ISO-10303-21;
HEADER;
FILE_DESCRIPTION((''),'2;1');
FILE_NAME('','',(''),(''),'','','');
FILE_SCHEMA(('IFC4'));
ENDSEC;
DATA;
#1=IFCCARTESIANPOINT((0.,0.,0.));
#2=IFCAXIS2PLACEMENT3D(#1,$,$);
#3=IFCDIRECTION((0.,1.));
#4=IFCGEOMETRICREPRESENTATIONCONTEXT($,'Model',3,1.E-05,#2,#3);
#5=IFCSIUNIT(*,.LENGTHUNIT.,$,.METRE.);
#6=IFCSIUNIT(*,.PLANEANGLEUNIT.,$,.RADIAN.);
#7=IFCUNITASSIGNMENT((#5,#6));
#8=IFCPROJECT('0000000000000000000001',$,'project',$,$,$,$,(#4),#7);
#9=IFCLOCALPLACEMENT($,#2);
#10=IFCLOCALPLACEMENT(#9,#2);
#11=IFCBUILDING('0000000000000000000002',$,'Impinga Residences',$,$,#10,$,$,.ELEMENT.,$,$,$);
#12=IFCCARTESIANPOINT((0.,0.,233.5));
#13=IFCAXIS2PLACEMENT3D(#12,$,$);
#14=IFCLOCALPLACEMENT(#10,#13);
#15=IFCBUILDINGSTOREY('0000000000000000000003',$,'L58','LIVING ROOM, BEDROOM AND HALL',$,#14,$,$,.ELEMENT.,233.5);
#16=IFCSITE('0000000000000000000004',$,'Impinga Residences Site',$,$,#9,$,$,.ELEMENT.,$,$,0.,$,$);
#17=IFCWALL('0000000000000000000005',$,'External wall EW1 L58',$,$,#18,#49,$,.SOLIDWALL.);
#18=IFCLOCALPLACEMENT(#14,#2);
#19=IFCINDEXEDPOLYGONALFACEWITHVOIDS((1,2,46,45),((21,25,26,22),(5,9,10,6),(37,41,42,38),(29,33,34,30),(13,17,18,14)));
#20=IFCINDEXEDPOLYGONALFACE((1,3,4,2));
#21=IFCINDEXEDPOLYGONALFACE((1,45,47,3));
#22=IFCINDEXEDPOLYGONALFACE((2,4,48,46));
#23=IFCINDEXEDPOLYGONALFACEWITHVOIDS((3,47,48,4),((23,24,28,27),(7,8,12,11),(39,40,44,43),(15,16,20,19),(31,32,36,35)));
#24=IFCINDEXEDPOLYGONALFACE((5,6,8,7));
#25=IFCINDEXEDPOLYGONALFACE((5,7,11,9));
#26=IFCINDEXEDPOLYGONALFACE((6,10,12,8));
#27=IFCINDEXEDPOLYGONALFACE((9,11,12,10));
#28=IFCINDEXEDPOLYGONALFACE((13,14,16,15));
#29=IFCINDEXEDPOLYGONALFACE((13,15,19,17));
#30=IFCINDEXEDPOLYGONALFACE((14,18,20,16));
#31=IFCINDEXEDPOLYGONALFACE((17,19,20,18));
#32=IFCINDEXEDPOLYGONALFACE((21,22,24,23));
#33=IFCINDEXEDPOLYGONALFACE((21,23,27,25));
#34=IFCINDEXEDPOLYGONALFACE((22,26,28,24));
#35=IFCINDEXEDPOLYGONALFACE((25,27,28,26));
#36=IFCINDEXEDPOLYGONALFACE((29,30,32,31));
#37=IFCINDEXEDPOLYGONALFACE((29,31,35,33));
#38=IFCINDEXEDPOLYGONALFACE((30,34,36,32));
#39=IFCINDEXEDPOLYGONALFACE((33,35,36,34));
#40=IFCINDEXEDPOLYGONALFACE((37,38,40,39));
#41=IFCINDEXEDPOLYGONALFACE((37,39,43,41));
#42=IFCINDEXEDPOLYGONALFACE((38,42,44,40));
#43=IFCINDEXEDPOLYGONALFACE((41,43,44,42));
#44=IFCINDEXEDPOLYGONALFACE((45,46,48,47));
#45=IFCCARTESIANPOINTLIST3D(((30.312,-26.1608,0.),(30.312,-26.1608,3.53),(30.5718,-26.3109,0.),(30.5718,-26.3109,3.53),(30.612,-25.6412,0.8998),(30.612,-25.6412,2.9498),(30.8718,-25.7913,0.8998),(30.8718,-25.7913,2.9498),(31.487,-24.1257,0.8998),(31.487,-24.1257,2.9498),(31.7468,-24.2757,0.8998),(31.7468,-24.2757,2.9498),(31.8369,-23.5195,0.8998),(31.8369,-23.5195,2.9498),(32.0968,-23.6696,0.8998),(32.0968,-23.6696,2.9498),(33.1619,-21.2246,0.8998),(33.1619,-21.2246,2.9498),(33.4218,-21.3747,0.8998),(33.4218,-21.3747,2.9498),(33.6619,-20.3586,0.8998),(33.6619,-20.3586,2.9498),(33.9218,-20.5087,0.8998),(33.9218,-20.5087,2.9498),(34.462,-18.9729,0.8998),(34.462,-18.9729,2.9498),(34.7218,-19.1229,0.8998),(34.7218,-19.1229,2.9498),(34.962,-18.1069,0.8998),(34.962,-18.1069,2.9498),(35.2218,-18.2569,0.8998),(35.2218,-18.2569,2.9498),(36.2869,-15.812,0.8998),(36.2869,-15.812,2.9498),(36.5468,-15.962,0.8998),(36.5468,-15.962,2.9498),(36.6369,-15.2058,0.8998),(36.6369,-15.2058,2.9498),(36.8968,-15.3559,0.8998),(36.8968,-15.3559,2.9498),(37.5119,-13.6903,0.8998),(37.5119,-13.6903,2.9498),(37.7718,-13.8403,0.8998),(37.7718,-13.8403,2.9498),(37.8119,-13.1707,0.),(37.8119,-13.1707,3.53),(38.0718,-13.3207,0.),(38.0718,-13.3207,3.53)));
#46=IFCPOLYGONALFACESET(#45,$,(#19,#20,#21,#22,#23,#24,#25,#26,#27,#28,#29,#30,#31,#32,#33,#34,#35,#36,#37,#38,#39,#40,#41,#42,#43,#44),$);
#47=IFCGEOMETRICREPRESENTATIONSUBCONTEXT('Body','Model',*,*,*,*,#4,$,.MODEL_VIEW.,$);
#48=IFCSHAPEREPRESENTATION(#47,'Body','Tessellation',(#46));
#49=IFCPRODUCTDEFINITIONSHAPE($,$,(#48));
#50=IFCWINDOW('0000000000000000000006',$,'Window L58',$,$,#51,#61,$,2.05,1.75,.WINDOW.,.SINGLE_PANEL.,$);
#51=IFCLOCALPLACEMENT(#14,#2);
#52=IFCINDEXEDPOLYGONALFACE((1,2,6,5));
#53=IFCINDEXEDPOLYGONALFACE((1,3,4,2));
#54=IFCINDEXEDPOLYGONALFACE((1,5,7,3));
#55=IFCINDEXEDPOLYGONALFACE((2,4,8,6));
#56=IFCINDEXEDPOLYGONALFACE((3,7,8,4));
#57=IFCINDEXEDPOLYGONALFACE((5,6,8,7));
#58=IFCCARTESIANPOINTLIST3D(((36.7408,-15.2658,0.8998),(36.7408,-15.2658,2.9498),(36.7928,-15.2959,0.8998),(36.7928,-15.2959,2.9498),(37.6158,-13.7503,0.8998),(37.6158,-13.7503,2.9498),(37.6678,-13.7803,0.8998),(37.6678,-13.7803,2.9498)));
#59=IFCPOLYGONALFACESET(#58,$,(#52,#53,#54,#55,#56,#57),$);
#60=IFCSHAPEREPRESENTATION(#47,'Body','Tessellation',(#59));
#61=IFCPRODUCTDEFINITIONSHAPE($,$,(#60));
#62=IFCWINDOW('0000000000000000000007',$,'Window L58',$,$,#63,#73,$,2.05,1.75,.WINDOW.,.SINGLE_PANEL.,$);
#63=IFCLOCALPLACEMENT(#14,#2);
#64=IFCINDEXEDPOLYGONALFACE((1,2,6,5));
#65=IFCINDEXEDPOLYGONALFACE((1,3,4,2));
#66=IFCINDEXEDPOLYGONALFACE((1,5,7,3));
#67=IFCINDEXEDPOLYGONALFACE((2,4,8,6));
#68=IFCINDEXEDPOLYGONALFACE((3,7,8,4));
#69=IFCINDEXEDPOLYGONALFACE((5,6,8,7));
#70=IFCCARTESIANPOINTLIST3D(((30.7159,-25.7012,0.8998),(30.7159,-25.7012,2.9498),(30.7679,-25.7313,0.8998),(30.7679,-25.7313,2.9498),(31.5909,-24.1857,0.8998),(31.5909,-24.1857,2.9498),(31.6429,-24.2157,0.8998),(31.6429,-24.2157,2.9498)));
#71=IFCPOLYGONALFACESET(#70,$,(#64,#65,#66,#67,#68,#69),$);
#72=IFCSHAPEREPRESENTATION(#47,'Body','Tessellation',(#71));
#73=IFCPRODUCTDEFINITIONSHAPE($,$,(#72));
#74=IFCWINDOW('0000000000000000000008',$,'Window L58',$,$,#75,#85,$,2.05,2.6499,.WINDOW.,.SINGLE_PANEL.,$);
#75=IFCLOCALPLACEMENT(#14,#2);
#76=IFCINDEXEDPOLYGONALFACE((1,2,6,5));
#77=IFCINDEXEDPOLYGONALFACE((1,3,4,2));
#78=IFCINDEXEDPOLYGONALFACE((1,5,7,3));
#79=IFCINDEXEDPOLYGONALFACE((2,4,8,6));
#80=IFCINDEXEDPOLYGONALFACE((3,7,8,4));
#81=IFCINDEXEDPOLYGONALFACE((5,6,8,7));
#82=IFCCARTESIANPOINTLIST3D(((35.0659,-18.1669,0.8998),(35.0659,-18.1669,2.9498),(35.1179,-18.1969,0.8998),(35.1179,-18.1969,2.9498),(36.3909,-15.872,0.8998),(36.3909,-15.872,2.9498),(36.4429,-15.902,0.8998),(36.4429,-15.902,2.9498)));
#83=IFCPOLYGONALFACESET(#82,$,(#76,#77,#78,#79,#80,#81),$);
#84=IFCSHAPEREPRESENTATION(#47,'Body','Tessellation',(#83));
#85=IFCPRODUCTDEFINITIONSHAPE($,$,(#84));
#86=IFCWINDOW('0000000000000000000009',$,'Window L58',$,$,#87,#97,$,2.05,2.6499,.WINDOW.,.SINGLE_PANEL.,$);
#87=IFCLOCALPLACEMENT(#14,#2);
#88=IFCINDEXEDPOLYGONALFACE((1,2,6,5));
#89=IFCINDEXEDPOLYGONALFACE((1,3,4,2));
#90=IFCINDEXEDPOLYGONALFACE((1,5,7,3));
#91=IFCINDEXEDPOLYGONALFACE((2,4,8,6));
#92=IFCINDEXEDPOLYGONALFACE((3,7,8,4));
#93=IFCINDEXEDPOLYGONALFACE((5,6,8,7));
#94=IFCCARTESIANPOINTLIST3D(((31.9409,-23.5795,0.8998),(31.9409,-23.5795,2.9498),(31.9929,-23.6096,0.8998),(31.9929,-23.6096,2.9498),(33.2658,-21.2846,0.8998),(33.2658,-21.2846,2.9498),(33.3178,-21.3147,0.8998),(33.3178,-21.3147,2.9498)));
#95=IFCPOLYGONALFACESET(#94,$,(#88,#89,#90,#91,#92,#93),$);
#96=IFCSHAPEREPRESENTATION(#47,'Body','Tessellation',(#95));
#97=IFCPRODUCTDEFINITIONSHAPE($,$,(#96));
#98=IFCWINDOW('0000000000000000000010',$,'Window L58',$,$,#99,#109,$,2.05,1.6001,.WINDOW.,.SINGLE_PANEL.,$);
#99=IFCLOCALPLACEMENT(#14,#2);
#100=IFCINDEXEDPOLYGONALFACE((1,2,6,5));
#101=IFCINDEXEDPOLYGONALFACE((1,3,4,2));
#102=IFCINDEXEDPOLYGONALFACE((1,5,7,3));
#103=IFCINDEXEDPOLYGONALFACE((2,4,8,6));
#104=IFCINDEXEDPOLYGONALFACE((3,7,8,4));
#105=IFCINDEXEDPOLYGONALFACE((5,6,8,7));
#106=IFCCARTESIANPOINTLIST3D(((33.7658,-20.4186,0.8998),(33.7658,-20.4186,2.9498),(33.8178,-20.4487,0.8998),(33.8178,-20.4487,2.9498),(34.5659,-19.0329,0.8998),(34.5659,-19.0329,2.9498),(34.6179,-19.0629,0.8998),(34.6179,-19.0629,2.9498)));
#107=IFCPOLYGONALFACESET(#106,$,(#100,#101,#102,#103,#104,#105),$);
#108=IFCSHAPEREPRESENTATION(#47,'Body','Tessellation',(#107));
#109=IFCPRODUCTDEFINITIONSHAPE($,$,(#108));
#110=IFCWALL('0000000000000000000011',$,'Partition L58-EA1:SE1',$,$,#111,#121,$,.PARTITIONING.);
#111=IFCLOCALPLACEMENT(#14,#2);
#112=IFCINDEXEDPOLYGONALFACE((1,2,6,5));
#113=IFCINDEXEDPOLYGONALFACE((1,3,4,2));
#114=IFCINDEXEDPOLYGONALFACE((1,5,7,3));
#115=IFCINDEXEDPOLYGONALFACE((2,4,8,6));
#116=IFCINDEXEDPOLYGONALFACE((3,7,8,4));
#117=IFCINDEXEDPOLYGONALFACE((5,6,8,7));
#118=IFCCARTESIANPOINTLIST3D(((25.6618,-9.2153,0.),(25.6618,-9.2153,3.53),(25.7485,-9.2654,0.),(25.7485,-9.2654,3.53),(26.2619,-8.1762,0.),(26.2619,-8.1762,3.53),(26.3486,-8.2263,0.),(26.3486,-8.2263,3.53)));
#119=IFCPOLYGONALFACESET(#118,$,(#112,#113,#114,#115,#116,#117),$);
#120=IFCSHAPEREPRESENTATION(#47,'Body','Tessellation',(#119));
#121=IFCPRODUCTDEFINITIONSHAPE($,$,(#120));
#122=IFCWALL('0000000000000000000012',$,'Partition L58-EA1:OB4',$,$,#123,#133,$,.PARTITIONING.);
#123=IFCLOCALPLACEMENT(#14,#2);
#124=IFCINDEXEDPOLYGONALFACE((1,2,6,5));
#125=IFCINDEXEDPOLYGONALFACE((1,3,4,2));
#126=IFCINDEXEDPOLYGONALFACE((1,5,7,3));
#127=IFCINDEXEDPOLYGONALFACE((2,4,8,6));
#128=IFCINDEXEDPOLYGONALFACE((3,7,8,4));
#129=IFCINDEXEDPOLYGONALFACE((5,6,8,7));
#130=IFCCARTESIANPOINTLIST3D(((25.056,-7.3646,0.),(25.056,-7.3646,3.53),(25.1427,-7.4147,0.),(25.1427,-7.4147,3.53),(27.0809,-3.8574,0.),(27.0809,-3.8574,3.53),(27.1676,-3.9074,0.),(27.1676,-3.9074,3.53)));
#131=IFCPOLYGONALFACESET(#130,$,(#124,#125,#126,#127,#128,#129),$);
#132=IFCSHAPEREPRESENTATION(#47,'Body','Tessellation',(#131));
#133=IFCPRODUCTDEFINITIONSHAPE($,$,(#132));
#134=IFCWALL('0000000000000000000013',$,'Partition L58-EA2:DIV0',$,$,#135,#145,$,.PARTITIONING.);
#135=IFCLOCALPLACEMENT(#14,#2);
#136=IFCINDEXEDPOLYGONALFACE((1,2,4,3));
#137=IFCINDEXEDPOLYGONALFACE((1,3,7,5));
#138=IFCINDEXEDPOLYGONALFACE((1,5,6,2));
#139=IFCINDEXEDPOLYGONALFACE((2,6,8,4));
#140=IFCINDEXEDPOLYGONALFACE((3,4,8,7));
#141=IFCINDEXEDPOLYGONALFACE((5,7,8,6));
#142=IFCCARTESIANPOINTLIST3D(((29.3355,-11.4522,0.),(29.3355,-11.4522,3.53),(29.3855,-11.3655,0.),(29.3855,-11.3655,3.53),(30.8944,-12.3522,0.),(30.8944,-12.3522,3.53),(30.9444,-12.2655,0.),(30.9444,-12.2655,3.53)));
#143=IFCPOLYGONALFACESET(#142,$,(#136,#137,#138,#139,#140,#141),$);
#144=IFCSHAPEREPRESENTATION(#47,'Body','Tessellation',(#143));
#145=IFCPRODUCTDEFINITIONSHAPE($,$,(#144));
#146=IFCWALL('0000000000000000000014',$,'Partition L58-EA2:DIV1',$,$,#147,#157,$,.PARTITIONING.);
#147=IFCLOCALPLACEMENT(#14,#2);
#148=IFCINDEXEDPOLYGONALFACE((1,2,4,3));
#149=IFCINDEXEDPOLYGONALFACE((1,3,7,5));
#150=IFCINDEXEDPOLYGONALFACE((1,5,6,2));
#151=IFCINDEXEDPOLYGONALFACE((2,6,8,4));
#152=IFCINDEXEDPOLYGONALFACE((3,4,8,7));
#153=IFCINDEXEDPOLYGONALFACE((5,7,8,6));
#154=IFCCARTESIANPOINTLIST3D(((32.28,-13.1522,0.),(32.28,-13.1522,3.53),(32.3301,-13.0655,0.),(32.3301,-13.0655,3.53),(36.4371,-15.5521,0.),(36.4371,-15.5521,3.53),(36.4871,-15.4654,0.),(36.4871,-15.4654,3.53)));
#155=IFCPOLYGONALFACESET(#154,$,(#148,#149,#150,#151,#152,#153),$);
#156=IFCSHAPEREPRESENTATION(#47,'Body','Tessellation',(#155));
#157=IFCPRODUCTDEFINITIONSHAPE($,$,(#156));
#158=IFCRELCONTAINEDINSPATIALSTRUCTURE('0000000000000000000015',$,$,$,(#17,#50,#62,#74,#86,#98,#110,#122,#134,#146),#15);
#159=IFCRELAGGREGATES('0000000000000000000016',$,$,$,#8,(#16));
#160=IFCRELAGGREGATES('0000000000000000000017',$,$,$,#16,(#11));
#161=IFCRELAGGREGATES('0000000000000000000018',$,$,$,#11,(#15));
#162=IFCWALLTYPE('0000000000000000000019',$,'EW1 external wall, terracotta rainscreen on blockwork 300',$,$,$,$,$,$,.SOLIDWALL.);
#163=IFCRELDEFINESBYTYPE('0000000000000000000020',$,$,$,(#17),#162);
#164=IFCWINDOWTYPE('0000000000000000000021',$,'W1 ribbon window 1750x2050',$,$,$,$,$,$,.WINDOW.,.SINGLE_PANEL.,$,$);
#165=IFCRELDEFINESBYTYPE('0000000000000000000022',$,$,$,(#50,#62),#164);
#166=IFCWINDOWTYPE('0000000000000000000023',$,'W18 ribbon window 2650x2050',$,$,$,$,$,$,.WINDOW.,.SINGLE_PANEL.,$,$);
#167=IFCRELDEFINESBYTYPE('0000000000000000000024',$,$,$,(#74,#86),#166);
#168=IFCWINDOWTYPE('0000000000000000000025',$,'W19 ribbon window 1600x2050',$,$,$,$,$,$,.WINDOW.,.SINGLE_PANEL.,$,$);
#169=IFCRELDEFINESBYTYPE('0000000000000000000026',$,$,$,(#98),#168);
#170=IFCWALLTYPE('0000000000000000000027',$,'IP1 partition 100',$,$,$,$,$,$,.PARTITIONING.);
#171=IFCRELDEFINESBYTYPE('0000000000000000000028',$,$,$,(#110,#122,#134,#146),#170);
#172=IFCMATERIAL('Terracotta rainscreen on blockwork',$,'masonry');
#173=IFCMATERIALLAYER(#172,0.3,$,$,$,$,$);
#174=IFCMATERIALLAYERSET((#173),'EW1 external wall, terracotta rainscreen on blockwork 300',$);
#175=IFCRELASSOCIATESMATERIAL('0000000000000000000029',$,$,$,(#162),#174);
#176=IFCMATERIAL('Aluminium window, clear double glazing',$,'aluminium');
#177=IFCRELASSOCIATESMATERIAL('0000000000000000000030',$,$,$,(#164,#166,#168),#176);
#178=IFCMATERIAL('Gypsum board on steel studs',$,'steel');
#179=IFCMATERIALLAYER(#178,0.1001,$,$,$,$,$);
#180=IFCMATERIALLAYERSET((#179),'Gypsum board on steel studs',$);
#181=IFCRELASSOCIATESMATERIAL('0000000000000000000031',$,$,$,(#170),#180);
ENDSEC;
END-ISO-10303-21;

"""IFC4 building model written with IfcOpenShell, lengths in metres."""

from ifc_helpers import new_model, si_unit, direction, frame, frame_2d, origin, place, context, subcontext, project, spatial, rectangle, extrude, material, layer, layer_set, type_object, element, fill, save


model = new_model("IFC4")

# Units and contexts
model_context = context("Model", 3, precision=1e-05, world=origin(), true_north=direction((0.0, 1.0)))
body_context = subcontext(model_context, "Body", "Model", "MODEL_VIEW")
ifc_project = project(units=[si_unit("LENGTHUNIT", "METRE"), si_unit("PLANEANGLEUNIT", "RADIAN")], contexts=[model_context])

# Site, building, storey
site_placement = place(None, origin())
site = spatial("IfcSite", under=ifc_project, at=site_placement, Name="Impinga Residences Site", CompositionType="ELEMENT", RefElevation=0.0)
building_placement = place(site_placement, origin())
building = spatial("IfcBuilding", under=site, at=building_placement, Name="Impinga Residences", CompositionType="ELEMENT")
storey_placement = place(building_placement, frame((0.0, 0.0, 233.5)))
storey = spatial("IfcBuildingStorey", under=building, at=storey_placement, Name="L58", Description="LIVING ROOM, BEDROOM AND HALL", CompositionType="ELEMENT", Elevation=233.5)

# Shared definitions
ifc_material_1 = material(Name="Terracotta rainscreen on blockwork", Category="masonry")
ifc_layer_1 = layer(ifc_material_1, 0.3)
ifc_layer_set_1 = layer_set([ifc_layer_1], Name="EW1 external wall, terracotta rainscreen on blockwork 300")
wall_type_1 = type_object("IfcWallType", Name="EW1 external wall, terracotta rainscreen on blockwork 300", PredefinedType="SOLIDWALL", material=ifc_layer_set_1)

# Wall, openings, windows
wall_1_placement = place(storey_placement, frame((37.9419, -13.2456, 0.0), z_axis=(0.0, 0.0, 1.0), x_axis=(-0.500004, -0.866023, 0.0)))
wall_1 = element("IfcWall", 1, at=wall_1_placement, inside=storey, type_object=wall_type_1, Name="External wall EW1 L58", PredefinedType="SOLIDWALL", context=body_context, shape_type="SweptSolid", body=[
    extrude(rectangle(XDim=14.9998, YDim=0.3, at=frame_2d((7.5, 0.0))), origin(), (0.0, 0.0, 1.0), 3.53),
])
opening_1_placement = place(wall_1_placement, frame((0.6001, 0.0, 0.8999)))
opening_1 = element("IfcOpeningElement", 2, at=opening_1_placement, cuts=wall_1, PredefinedType="OPENING", context=body_context, shape_type="SweptSolid", body=[
    extrude(rectangle(XDim=1.75, YDim=2.05, at=frame_2d((0.875, 1.0249))), frame((0.0, 0.1599, 0.0), z_axis=(0.0, -1.0, 0.0), x_axis=(1.0, 0.0, 0.0)), (0.0, 0.0, 1.0), 0.3201),
])
opening_2_placement = place(wall_1_placement, frame((3.05, 0.0, 0.8999)))
opening_2 = element("IfcOpeningElement", 3, at=opening_2_placement, cuts=wall_1, PredefinedType="OPENING", context=body_context, shape_type="SweptSolid", body=[
    extrude(rectangle(XDim=2.6499, YDim=2.05, at=frame_2d((1.325, 1.0249))), frame((0.0, 0.1599, 0.0), z_axis=(0.0, -1.0, 0.0), x_axis=(1.0, 0.0, 0.0)), (0.0, 0.0, 1.0), 0.3201),
])
opening_3_placement = place(wall_1_placement, frame((6.7, 0.0, 0.8999)))
opening_3 = element("IfcOpeningElement", 4, at=opening_3_placement, cuts=wall_1, PredefinedType="OPENING", context=body_context, shape_type="SweptSolid", body=[
    extrude(rectangle(XDim=1.6001, YDim=2.05, at=frame_2d((0.8, 1.0249))), frame((0.0, 0.1599, 0.0), z_axis=(0.0, -1.0, 0.0), x_axis=(1.0, 0.0, 0.0)), (0.0, 0.0, 1.0), 0.3201),
])
opening_4_placement = place(wall_1_placement, frame((9.3, 0.0, 0.8999)))
opening_4 = element("IfcOpeningElement", 5, at=opening_4_placement, cuts=wall_1, PredefinedType="OPENING", context=body_context, shape_type="SweptSolid", body=[
    extrude(rectangle(XDim=2.6499, YDim=2.05, at=frame_2d((1.325, 1.0249))), frame((0.0, 0.1599, 0.0), z_axis=(0.0, -1.0, 0.0), x_axis=(1.0, 0.0, 0.0)), (0.0, 0.0, 1.0), 0.3201),
])
opening_5_placement = place(wall_1_placement, frame((12.6499, 0.0, 0.8999)))
opening_5 = element("IfcOpeningElement", 6, at=opening_5_placement, cuts=wall_1, PredefinedType="OPENING", context=body_context, shape_type="SweptSolid", body=[
    extrude(rectangle(XDim=1.75, YDim=2.05, at=frame_2d((0.875, 1.0249))), frame((0.0, 0.1599, 0.0), z_axis=(0.0, -1.0, 0.0), x_axis=(1.0, 0.0, 0.0)), (0.0, 0.0, 1.0), 0.3201),
])
ifc_material_2 = material(Name="Aluminium window, clear double glazing", Category="aluminium")
window_type_1 = type_object("IfcWindowType", Name="W1 ribbon window 1750x2050", PartitioningType="SINGLE_PANEL", PredefinedType="WINDOW", material=ifc_material_2)
window_1_placement = place(opening_1_placement, origin())
window_1 = element("IfcWindow", 7, at=window_1_placement, inside=storey, type_object=window_type_1, Name="Window L58", OverallHeight=2.05, OverallWidth=1.75, PartitioningType="SINGLE_PANEL", PredefinedType="WINDOW", context=body_context, shape_type="SweptSolid", body=[
    extrude(rectangle(XDim=1.75, YDim=2.05, at=frame_2d((0.875, 1.0249))), frame((0.0, 0.03, 0.0), z_axis=(0.0, -1.0, 0.0), x_axis=(1.0, 0.0, 0.0)), (0.0, 0.0, 1.0), 0.0601),
])
fill(opening_1, window_1)
window_2_placement = place(opening_5_placement, origin())
window_2 = element("IfcWindow", 8, at=window_2_placement, inside=storey, type_object=window_type_1, Name="Window L58", OverallHeight=2.05, OverallWidth=1.75, PartitioningType="SINGLE_PANEL", PredefinedType="WINDOW", context=body_context, shape_type="SweptSolid", body=[
    extrude(rectangle(XDim=1.75, YDim=2.05, at=frame_2d((0.875, 1.0249))), frame((0.0, 0.03, 0.0), z_axis=(0.0, -1.0, 0.0), x_axis=(1.0, 0.0, 0.0)), (0.0, 0.0, 1.0), 0.0601),
])
fill(opening_5, window_2)
window_type_2 = type_object("IfcWindowType", Name="W18 ribbon window 2650x2050", PartitioningType="SINGLE_PANEL", PredefinedType="WINDOW", material=ifc_material_2)
window_3_placement = place(opening_2_placement, origin())
window_3 = element("IfcWindow", 9, at=window_3_placement, inside=storey, type_object=window_type_2, Name="Window L58", OverallHeight=2.05, OverallWidth=2.6499, PartitioningType="SINGLE_PANEL", PredefinedType="WINDOW", context=body_context, shape_type="SweptSolid", body=[
    extrude(rectangle(XDim=2.6499, YDim=2.05, at=frame_2d((1.325, 1.0249))), frame((0.0, 0.03, 0.0), z_axis=(0.0, -1.0, 0.0), x_axis=(1.0, 0.0, 0.0)), (0.0, 0.0, 1.0), 0.0601),
])
fill(opening_2, window_3)
window_4_placement = place(opening_4_placement, origin())
window_4 = element("IfcWindow", 10, at=window_4_placement, inside=storey, type_object=window_type_2, Name="Window L58", OverallHeight=2.05, OverallWidth=2.6499, PartitioningType="SINGLE_PANEL", PredefinedType="WINDOW", context=body_context, shape_type="SweptSolid", body=[
    extrude(rectangle(XDim=2.6499, YDim=2.05, at=frame_2d((1.325, 1.0249))), frame((0.0, 0.03, 0.0), z_axis=(0.0, -1.0, 0.0), x_axis=(1.0, 0.0, 0.0)), (0.0, 0.0, 1.0), 0.0601),
])
fill(opening_4, window_4)
window_type_3 = type_object("IfcWindowType", Name="W19 ribbon window 1600x2050", PartitioningType="SINGLE_PANEL", PredefinedType="WINDOW", material=ifc_material_2)
window_5_placement = place(opening_3_placement, origin())
window_5 = element("IfcWindow", 11, at=window_5_placement, inside=storey, type_object=window_type_3, Name="Window L58", OverallHeight=2.05, OverallWidth=1.6001, PartitioningType="SINGLE_PANEL", PredefinedType="WINDOW", context=body_context, shape_type="SweptSolid", body=[
    extrude(rectangle(XDim=1.6001, YDim=2.05, at=frame_2d((0.8, 1.0249))), frame((0.0, 0.03, 0.0), z_axis=(0.0, -1.0, 0.0), x_axis=(1.0, 0.0, 0.0)), (0.0, 0.0, 1.0), 0.0601),
])
fill(opening_3, window_5)

# Walls
ifc_material_3 = material(Name="Gypsum board on steel studs", Category="steel")
ifc_layer_2 = layer(ifc_material_3, 0.1001)
ifc_layer_set_2 = layer_set([ifc_layer_2], Name="Gypsum board on steel studs")
wall_type_2 = type_object("IfcWallType", Name="IP1 partition 100", PredefinedType="PARTITIONING", material=ifc_layer_set_2)
wall_2_placement = place(storey_placement, frame((25.7051, -9.2405, 0.0), z_axis=(0.0, 0.0, 1.0), x_axis=(0.500122, 0.865955, 0.0)))
element("IfcWall", 12, at=wall_2_placement, inside=storey, type_object=wall_type_2, Name="Partition L58-EA1:SE1", PredefinedType="PARTITIONING", context=body_context, shape_type="SweptSolid", body=[
    extrude(rectangle(XDim=1.2, YDim=0.1001, at=frame_2d((0.6001, 0.0))), origin(), (0.0, 0.0, 1.0), 3.53),
])
wall_3_placement = place(storey_placement, frame((25.0994, -7.3896, 0.0), z_axis=(0.0, 0.0, 1.0), x_axis=(0.49999, 0.866031, 0.0)))
element("IfcWall", 13, at=wall_3_placement, inside=storey, type_object=wall_type_2, Name="Partition L58-EA1:OB4", PredefinedType="PARTITIONING", context=body_context, shape_type="SweptSolid", body=[
    extrude(rectangle(XDim=4.0498, YDim=0.1001, at=frame_2d((2.0249, 0.0))), origin(), (0.0, 0.0, 1.0), 3.53),
])
wall_4_placement = place(storey_placement, frame((29.3606, -11.4089, 0.0), z_axis=(0.0, 0.0, 1.0), x_axis=(0.866048, -0.499961, 0.0)))
element("IfcWall", 14, at=wall_4_placement, inside=storey, type_object=wall_type_2, Name="Partition L58-EA2:DIV0", PredefinedType="PARTITIONING", context=body_context, shape_type="SweptSolid", body=[
    extrude(rectangle(XDim=1.8, YDim=0.1001, at=frame_2d((0.8999, 0.0))), origin(), (0.0, 0.0, 1.0), 3.53),
])
wall_5_placement = place(storey_placement, frame((32.3052, -13.1089, 0.0), z_axis=(0.0, 0.0, 1.0), x_axis=(0.866037, -0.499979, 0.0)))
element("IfcWall", 15, at=wall_5_placement, inside=storey, type_object=wall_type_2, Name="Partition L58-EA2:DIV1", PredefinedType="PARTITIONING", context=body_context, shape_type="SweptSolid", body=[
    extrude(rectangle(XDim=4.8, YDim=0.1001, at=frame_2d((2.3999, 0.0))), origin(), (0.0, 0.0, 1.0), 3.53),
])

save(model, "model.ifc")
